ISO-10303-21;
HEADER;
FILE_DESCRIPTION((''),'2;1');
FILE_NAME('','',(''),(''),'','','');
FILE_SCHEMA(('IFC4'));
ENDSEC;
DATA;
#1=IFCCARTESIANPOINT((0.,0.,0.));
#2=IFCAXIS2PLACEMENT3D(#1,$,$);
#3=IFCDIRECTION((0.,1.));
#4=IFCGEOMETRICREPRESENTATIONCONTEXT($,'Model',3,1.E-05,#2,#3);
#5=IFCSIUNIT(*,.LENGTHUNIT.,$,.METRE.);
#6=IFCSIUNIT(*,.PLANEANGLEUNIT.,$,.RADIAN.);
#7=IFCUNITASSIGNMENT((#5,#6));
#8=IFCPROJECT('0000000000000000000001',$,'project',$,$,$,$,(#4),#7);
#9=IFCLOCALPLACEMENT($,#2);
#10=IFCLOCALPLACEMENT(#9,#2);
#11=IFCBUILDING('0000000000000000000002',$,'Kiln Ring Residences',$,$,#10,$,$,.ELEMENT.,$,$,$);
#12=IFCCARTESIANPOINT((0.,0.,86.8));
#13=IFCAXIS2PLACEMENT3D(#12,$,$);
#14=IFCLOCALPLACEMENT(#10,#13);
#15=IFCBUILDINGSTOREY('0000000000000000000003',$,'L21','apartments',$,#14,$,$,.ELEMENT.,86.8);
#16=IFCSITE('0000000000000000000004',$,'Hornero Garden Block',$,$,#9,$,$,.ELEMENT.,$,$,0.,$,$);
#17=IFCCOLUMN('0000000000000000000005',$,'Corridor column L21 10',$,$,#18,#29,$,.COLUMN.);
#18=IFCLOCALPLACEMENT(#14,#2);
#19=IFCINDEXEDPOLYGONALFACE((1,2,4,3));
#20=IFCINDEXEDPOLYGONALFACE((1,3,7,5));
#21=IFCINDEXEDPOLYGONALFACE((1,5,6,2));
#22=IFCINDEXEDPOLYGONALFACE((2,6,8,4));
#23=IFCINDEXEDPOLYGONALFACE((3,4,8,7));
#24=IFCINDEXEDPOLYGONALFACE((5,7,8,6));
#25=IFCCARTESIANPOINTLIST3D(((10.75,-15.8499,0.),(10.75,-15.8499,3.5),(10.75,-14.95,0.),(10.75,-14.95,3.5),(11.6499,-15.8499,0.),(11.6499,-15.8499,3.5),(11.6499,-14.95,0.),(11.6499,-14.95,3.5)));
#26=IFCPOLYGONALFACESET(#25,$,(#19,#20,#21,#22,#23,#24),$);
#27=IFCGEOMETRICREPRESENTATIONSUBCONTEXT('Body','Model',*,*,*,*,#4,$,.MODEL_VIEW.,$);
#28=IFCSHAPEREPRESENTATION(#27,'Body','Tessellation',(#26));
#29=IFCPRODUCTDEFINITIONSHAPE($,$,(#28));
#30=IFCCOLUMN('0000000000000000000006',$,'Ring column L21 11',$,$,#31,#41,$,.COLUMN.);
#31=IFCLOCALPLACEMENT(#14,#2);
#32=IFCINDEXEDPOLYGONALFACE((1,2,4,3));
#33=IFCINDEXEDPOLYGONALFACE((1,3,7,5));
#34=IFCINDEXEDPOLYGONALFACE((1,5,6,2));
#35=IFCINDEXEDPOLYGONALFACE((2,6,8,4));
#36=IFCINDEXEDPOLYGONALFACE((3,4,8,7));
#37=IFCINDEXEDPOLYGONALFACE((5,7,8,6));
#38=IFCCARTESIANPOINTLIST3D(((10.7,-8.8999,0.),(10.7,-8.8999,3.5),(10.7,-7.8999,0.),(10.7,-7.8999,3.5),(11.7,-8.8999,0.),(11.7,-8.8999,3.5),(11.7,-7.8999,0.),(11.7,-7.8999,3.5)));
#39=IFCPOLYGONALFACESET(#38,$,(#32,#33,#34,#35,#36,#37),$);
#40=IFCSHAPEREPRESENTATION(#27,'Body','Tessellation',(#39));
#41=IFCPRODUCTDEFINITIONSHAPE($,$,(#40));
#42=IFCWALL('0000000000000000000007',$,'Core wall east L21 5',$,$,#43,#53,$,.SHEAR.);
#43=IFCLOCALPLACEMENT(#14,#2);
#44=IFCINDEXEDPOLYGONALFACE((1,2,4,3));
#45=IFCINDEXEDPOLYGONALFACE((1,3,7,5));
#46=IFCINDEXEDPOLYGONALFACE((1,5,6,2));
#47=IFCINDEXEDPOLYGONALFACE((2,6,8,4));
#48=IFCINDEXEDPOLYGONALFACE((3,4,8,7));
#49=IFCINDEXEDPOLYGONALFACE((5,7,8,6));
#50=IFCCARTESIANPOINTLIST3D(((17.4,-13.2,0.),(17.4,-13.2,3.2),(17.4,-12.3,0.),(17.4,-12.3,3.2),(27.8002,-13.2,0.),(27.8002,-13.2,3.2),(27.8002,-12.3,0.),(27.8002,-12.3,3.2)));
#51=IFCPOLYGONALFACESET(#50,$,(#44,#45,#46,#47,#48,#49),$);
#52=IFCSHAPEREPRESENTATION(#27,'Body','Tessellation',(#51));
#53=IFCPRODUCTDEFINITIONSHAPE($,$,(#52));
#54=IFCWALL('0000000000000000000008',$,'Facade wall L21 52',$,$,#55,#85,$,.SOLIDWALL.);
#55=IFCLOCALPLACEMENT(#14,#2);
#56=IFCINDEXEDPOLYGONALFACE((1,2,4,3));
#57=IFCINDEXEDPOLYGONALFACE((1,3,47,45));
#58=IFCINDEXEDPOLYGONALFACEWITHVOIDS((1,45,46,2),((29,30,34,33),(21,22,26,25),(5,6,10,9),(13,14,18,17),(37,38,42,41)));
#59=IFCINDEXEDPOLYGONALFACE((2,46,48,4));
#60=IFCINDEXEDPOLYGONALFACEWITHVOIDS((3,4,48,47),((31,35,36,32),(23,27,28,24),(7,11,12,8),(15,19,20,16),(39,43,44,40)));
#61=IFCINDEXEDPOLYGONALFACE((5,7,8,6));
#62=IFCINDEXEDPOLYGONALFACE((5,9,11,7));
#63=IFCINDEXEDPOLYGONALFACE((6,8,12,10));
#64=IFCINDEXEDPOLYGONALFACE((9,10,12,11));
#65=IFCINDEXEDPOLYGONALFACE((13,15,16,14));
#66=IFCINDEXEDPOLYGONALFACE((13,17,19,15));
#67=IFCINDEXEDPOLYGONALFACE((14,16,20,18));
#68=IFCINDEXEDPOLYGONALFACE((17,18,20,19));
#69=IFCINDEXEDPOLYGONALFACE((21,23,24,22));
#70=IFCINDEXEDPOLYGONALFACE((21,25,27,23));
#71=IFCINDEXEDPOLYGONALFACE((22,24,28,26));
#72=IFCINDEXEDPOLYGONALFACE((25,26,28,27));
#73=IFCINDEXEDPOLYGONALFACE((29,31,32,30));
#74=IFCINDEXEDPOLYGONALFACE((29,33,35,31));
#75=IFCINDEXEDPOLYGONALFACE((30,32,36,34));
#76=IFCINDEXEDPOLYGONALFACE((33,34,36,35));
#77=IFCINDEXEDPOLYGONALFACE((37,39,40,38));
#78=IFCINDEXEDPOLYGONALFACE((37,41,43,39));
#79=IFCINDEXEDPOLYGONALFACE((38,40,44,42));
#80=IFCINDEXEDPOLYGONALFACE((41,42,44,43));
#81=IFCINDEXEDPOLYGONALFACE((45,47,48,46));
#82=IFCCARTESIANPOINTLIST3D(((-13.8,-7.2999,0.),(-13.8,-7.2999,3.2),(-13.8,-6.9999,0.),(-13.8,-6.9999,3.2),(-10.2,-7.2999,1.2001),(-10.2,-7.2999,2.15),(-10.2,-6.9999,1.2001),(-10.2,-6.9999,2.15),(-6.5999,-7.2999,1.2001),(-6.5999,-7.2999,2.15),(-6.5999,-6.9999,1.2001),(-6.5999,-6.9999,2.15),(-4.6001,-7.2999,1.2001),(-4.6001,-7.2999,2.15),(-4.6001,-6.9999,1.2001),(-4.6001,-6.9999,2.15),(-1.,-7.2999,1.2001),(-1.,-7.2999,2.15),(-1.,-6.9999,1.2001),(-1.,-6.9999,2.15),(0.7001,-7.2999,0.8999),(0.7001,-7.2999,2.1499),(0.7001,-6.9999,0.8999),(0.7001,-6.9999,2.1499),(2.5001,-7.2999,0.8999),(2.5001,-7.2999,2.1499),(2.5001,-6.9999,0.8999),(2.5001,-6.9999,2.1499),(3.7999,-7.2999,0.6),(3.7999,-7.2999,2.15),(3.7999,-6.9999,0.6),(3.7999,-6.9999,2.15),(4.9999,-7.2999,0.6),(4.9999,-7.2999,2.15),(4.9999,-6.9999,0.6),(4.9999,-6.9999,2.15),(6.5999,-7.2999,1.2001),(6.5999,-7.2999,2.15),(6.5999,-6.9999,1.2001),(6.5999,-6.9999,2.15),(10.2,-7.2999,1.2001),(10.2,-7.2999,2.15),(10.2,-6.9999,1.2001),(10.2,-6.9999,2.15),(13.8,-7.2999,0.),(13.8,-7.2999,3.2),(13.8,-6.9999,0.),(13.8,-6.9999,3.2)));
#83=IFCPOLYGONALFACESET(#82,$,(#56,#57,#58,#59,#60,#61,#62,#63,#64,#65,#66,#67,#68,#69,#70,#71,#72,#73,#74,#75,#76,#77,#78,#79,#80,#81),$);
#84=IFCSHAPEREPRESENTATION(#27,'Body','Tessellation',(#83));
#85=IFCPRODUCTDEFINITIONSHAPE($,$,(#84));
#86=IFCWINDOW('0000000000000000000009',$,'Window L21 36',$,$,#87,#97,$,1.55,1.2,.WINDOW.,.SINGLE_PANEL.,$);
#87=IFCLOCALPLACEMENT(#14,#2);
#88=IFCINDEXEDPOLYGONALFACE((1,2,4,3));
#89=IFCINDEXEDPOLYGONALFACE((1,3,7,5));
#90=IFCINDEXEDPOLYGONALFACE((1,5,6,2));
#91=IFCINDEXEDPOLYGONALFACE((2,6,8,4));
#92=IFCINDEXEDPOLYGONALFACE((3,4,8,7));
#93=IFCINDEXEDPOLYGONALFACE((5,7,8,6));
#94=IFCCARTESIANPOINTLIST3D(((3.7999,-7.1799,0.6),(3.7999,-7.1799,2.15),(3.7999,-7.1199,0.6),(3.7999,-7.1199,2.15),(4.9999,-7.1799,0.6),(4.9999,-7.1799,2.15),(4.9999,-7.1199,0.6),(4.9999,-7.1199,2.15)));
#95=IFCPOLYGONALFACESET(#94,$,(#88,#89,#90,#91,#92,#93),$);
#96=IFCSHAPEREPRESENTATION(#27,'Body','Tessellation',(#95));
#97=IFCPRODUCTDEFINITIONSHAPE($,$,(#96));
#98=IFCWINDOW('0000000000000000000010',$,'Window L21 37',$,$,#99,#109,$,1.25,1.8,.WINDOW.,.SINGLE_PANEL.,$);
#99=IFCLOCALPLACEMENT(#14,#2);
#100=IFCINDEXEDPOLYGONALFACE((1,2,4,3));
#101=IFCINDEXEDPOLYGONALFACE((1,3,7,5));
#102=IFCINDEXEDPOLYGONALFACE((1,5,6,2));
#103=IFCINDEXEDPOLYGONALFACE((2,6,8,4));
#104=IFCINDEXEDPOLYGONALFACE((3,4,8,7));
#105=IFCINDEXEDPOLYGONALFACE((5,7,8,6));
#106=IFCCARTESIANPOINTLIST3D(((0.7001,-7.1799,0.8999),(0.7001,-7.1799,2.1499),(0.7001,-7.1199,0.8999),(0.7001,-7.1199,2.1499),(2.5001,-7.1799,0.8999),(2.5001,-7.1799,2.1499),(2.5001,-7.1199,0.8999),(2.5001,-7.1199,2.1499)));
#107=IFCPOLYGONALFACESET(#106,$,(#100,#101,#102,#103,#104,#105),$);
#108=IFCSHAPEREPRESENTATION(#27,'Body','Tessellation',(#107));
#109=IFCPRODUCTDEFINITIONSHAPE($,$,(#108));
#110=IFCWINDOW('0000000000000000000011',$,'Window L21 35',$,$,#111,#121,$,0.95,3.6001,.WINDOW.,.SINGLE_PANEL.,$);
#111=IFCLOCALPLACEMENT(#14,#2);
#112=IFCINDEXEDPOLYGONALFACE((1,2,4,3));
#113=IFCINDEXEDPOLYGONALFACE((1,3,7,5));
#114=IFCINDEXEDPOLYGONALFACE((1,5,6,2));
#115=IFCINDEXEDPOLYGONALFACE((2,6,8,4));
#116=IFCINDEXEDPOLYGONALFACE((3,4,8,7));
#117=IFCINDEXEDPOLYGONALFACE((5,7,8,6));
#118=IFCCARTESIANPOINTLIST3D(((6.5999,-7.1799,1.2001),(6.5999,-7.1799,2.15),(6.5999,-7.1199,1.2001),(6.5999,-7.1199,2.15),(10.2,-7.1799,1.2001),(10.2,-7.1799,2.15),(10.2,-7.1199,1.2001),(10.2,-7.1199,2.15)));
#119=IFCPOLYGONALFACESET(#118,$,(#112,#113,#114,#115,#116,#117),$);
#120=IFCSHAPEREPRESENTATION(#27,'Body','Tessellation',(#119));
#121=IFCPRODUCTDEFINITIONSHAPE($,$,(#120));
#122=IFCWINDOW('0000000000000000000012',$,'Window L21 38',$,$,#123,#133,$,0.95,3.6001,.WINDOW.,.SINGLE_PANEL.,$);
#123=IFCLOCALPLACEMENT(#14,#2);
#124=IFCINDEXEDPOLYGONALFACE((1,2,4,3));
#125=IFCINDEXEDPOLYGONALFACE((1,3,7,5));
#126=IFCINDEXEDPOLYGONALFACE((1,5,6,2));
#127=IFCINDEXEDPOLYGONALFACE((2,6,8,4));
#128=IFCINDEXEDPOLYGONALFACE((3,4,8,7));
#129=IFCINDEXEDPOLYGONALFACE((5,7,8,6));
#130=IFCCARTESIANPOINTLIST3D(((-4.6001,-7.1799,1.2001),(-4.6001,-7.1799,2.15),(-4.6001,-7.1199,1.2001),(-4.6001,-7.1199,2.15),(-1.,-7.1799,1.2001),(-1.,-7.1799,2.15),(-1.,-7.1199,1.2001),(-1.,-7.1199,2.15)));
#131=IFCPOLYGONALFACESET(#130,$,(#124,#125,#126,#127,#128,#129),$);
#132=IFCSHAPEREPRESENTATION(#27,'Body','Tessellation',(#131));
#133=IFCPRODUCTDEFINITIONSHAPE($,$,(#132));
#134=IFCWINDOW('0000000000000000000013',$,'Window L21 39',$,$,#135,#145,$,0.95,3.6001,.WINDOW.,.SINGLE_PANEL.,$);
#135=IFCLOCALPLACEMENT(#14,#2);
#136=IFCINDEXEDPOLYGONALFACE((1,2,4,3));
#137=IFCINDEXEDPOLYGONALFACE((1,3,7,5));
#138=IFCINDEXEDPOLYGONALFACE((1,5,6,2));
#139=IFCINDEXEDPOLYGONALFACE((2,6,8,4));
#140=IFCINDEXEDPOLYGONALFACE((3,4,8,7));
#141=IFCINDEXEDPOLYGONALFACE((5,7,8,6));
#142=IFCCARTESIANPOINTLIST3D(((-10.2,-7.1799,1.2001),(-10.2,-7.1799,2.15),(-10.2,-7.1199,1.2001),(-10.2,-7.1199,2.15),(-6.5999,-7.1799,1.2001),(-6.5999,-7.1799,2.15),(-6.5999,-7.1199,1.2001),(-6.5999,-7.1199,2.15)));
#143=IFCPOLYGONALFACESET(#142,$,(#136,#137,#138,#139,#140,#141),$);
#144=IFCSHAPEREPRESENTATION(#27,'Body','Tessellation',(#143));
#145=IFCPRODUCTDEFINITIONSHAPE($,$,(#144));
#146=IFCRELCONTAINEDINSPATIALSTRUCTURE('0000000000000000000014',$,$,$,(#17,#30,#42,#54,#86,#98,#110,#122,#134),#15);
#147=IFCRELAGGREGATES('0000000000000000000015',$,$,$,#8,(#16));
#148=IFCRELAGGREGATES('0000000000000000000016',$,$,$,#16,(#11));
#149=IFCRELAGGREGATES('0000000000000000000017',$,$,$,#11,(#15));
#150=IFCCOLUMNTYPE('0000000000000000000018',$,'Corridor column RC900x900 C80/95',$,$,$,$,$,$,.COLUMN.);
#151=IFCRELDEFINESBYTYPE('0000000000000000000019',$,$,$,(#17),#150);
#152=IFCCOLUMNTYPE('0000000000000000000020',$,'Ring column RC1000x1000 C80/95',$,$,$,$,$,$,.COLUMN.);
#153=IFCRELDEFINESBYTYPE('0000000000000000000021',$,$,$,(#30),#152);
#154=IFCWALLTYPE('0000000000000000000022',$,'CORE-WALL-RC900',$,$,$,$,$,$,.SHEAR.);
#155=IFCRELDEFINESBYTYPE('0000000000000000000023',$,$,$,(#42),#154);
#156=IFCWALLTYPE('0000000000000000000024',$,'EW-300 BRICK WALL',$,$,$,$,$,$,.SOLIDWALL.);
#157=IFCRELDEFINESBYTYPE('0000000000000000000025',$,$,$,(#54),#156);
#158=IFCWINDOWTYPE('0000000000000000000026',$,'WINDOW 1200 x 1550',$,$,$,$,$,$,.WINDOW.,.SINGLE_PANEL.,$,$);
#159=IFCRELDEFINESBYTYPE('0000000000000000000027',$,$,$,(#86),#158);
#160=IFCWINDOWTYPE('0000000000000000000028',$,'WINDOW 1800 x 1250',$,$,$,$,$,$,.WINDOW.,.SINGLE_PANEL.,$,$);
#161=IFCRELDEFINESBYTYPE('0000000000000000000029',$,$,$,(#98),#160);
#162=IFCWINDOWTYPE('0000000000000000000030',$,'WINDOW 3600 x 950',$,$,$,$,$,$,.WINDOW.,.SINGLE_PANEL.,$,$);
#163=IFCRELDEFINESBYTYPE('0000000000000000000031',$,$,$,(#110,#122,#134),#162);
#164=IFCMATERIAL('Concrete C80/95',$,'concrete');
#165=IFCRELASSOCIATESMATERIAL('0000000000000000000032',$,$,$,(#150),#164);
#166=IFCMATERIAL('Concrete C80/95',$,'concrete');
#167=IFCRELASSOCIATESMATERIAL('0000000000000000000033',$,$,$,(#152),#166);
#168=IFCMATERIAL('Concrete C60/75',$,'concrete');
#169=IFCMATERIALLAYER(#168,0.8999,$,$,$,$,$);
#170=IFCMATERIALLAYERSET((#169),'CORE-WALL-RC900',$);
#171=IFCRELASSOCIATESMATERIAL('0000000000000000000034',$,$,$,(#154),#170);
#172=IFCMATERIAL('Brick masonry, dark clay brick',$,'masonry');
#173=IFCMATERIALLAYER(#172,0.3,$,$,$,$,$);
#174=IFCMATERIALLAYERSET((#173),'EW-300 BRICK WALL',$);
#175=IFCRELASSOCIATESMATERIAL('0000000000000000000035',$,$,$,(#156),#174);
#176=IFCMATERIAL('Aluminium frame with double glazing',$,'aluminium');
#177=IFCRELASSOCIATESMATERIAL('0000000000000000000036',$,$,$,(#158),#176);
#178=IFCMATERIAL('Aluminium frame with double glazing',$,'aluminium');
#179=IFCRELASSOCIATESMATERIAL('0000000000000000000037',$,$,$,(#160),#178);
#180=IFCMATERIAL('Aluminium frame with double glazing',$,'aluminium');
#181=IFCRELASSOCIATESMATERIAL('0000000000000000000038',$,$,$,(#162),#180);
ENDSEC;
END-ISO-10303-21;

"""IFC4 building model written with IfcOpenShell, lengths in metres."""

from ifc_helpers import new_model, si_unit, direction, frame, frame_2d, origin, origin_2d, place, context, subcontext, project, spatial, rectangle, extrude, material, layer, layer_set, material_profile, profile_set, type_object, element, fill, save


model = new_model("IFC4")

# Units and contexts
model_context = context("Model", 3, precision=1e-05, world=origin(), true_north=direction((0.0, 1.0)))
body_context = subcontext(model_context, "Body", "Model", "MODEL_VIEW")
ifc_project = project(units=[si_unit("LENGTHUNIT", "METRE"), si_unit("PLANEANGLEUNIT", "RADIAN")], contexts=[model_context])

# Site, building, storey
site_placement = place(None, origin())
site = spatial("IfcSite", under=ifc_project, at=site_placement, Name="Hornero Garden Block", CompositionType="ELEMENT", RefElevation=0.0)
building_placement = place(site_placement, origin())
building = spatial("IfcBuilding", under=site, at=building_placement, Name="Kiln Ring Residences", CompositionType="ELEMENT")
storey_placement = place(building_placement, frame((0.0, 0.0, 86.8)))
storey = spatial("IfcBuildingStorey", under=building, at=storey_placement, Name="L21", Description="apartments", CompositionType="ELEMENT", Elevation=86.8)

# Columns
ifc_material_1 = material(Name="Concrete C80/95", Category="concrete")
ifc_material_profile_1 = material_profile(ifc_material_1, rectangle(XDim=0.8999, YDim=0.8999, at=origin_2d()), Name="RC900x900")
ifc_profile_set_1 = profile_set([ifc_material_profile_1], Name="Concrete C80/95")
column_type_1 = type_object("IfcColumnType", Name="Corridor column RC900x900 C80/95", PredefinedType="COLUMN", material=ifc_profile_set_1)
column_1_placement = place(storey_placement, frame((11.2, -15.3999, 0.0), z_axis=(0.0, 0.0, 1.0), x_axis=(1.0, 0.0, 0.0)))
element("IfcColumn", 1, at=column_1_placement, inside=storey, type_object=column_type_1, Name="Corridor column L21 10", PredefinedType="COLUMN", context=body_context, shape_type="SweptSolid", body=[
    extrude(rectangle(XDim=0.8999, YDim=0.8999, at=origin_2d()), origin(), (0.0, 0.0, 1.0), 3.5),
])
ifc_material_2 = material(Name="Concrete C80/95", Category="concrete")
ifc_material_profile_2 = material_profile(ifc_material_2, rectangle(XDim=1.0, YDim=1.0, at=origin_2d()), Name="RC1000x1000")
ifc_profile_set_2 = profile_set([ifc_material_profile_2], Name="Concrete C80/95")
column_type_2 = type_object("IfcColumnType", Name="Ring column RC1000x1000 C80/95", PredefinedType="COLUMN", material=ifc_profile_set_2)
column_2_placement = place(storey_placement, frame((11.2, -8.3999, 0.0), z_axis=(0.0, 0.0, 1.0), x_axis=(1.0, 0.0, 0.0)))
element("IfcColumn", 2, at=column_2_placement, inside=storey, type_object=column_type_2, Name="Ring column L21 11", PredefinedType="COLUMN", context=body_context, shape_type="SweptSolid", body=[
    extrude(rectangle(XDim=1.0, YDim=1.0, at=origin_2d()), origin(), (0.0, 0.0, 1.0), 3.5),
])

# Wall
ifc_material_3 = material(Name="Concrete C60/75", Category="concrete")
ifc_layer_1 = layer(ifc_material_3, 0.8999)
ifc_layer_set_1 = layer_set([ifc_layer_1], Name="CORE-WALL-RC900")
wall_type_1 = type_object("IfcWallType", Name="CORE-WALL-RC900", PredefinedType="SHEAR", material=ifc_layer_set_1)
wall_1_placement = place(storey_placement, frame((17.3999, -12.75, 0.0), z_axis=(0.0, 0.0, 1.0), x_axis=(1.0, 0.0, 0.0)))
element("IfcWall", 3, at=wall_1_placement, inside=storey, type_object=wall_type_1, Name="Core wall east L21 5", PredefinedType="SHEAR", context=body_context, shape_type="SweptSolid", body=[
    extrude(rectangle(XDim=10.4001, YDim=0.8999, at=frame_2d((5.2002, 0.0))), origin(), (0.0, 0.0, 1.0), 3.2),
])

# Wall, openings, windows
ifc_material_4 = material(Name="Brick masonry, dark clay brick", Category="masonry")
ifc_layer_2 = layer(ifc_material_4, 0.3)
ifc_layer_set_2 = layer_set([ifc_layer_2], Name="EW-300 BRICK WALL")
wall_type_2 = type_object("IfcWallType", Name="EW-300 BRICK WALL", PredefinedType="SOLIDWALL", material=ifc_layer_set_2)
wall_2_placement = place(storey_placement, frame((13.8, -7.1499, 0.0), z_axis=(0.0, 0.0, 1.0), x_axis=(-1.0, 0.0, 0.0)))
wall_2 = element("IfcWall", 4, at=wall_2_placement, inside=storey, type_object=wall_type_2, Name="Facade wall L21 52", PredefinedType="SOLIDWALL", context=body_context, shape_type="SweptSolid", body=[
    extrude(rectangle(XDim=27.6001, YDim=0.3, at=frame_2d((13.8, 0.0))), origin(), (0.0, 0.0, 1.0), 3.2),
])
opening_1_placement = place(wall_2_placement, frame((3.6001, 0.0, 1.2)))
opening_1 = element("IfcOpeningElement", 5, at=opening_1_placement, cuts=wall_2, PredefinedType="OPENING", context=body_context, shape_type="SweptSolid", body=[
    extrude(rectangle(XDim=3.6001, YDim=0.95, at=frame_2d((1.8, 0.4751))), frame((0.0, 0.1599, 0.0), z_axis=(0.0, -1.0, 0.0), x_axis=(1.0, 0.0, 0.0)), (0.0, 0.0, 1.0), 0.3201),
])
opening_2_placement = place(wall_2_placement, frame((8.8, 0.0, 0.6001)))
opening_2 = element("IfcOpeningElement", 6, at=opening_2_placement, cuts=wall_2, PredefinedType="OPENING", context=body_context, shape_type="SweptSolid", body=[
    extrude(rectangle(XDim=1.2, YDim=1.55, at=frame_2d((0.6001, 0.7749))), frame((0.0, 0.1599, 0.0), z_axis=(0.0, -1.0, 0.0), x_axis=(1.0, 0.0, 0.0)), (0.0, 0.0, 1.0), 0.3201),
])
opening_3_placement = place(wall_2_placement, frame((11.3, 0.0, 0.8999)))
opening_3 = element("IfcOpeningElement", 7, at=opening_3_placement, cuts=wall_2, PredefinedType="OPENING", context=body_context, shape_type="SweptSolid", body=[
    extrude(rectangle(XDim=1.8, YDim=1.25, at=frame_2d((0.8999, 0.625))), frame((0.0, 0.1599, 0.0), z_axis=(0.0, -1.0, 0.0), x_axis=(1.0, 0.0, 0.0)), (0.0, 0.0, 1.0), 0.3201),
])
opening_4_placement = place(wall_2_placement, frame((14.8, 0.0, 1.2)))
opening_4 = element("IfcOpeningElement", 8, at=opening_4_placement, cuts=wall_2, PredefinedType="OPENING", context=body_context, shape_type="SweptSolid", body=[
    extrude(rectangle(XDim=3.6001, YDim=0.95, at=frame_2d((1.8, 0.4751))), frame((0.0, 0.1599, 0.0), z_axis=(0.0, -1.0, 0.0), x_axis=(1.0, 0.0, 0.0)), (0.0, 0.0, 1.0), 0.3201),
])
opening_5_placement = place(wall_2_placement, frame((20.3999, 0.0, 1.2)))
opening_5 = element("IfcOpeningElement", 9, at=opening_5_placement, cuts=wall_2, PredefinedType="OPENING", context=body_context, shape_type="SweptSolid", body=[
    extrude(rectangle(XDim=3.6001, YDim=0.95, at=frame_2d((1.8, 0.4751))), frame((0.0, 0.1599, 0.0), z_axis=(0.0, -1.0, 0.0), x_axis=(1.0, 0.0, 0.0)), (0.0, 0.0, 1.0), 0.3201),
])
ifc_material_5 = material(Name="Aluminium frame with double glazing", Category="aluminium")
window_type_1 = type_object("IfcWindowType", Name="WINDOW 1200 x 1550", PartitioningType="SINGLE_PANEL", PredefinedType="WINDOW", material=ifc_material_5)
window_1_placement = place(opening_2_placement, origin())
window_1 = element("IfcWindow", 10, at=window_1_placement, inside=storey, type_object=window_type_1, Name="Window L21 36", OverallHeight=1.55, OverallWidth=1.2, PartitioningType="SINGLE_PANEL", PredefinedType="WINDOW", context=body_context, shape_type="SweptSolid", body=[
    extrude(rectangle(XDim=1.2, YDim=1.55, at=frame_2d((0.6001, 0.7749))), frame((0.0, 0.03, 0.0), z_axis=(0.0, -1.0, 0.0), x_axis=(1.0, 0.0, 0.0)), (0.0, 0.0, 1.0), 0.0601),
])
fill(opening_2, window_1)
ifc_material_6 = material(Name="Aluminium frame with double glazing", Category="aluminium")
window_type_2 = type_object("IfcWindowType", Name="WINDOW 1800 x 1250", PartitioningType="SINGLE_PANEL", PredefinedType="WINDOW", material=ifc_material_6)
window_2_placement = place(opening_3_placement, origin())
window_2 = element("IfcWindow", 11, at=window_2_placement, inside=storey, type_object=window_type_2, Name="Window L21 37", OverallHeight=1.25, OverallWidth=1.8, PartitioningType="SINGLE_PANEL", PredefinedType="WINDOW", context=body_context, shape_type="SweptSolid", body=[
    extrude(rectangle(XDim=1.8, YDim=1.25, at=frame_2d((0.8999, 0.625))), frame((0.0, 0.03, 0.0), z_axis=(0.0, -1.0, 0.0), x_axis=(1.0, 0.0, 0.0)), (0.0, 0.0, 1.0), 0.0601),
])
fill(opening_3, window_2)
ifc_material_7 = material(Name="Aluminium frame with double glazing", Category="aluminium")
window_type_3 = type_object("IfcWindowType", Name="WINDOW 3600 x 950", PartitioningType="SINGLE_PANEL", PredefinedType="WINDOW", material=ifc_material_7)
window_3_placement = place(opening_1_placement, origin())
window_3 = element("IfcWindow", 12, at=window_3_placement, inside=storey, type_object=window_type_3, Name="Window L21 35", OverallHeight=0.95, OverallWidth=3.6001, PartitioningType="SINGLE_PANEL", PredefinedType="WINDOW", context=body_context, shape_type="SweptSolid", body=[
    extrude(rectangle(XDim=3.6001, YDim=0.95, at=frame_2d((1.8, 0.4751))), frame((0.0, 0.03, 0.0), z_axis=(0.0, -1.0, 0.0), x_axis=(1.0, 0.0, 0.0)), (0.0, 0.0, 1.0), 0.0601),
])
fill(opening_1, window_3)
window_4_placement = place(opening_4_placement, origin())
window_4 = element("IfcWindow", 13, at=window_4_placement, inside=storey, type_object=window_type_3, Name="Window L21 38", OverallHeight=0.95, OverallWidth=3.6001, PartitioningType="SINGLE_PANEL", PredefinedType="WINDOW", context=body_context, shape_type="SweptSolid", body=[
    extrude(rectangle(XDim=3.6001, YDim=0.95, at=frame_2d((1.8, 0.4751))), frame((0.0, 0.03, 0.0), z_axis=(0.0, -1.0, 0.0), x_axis=(1.0, 0.0, 0.0)), (0.0, 0.0, 1.0), 0.0601),
])
fill(opening_4, window_4)
window_5_placement = place(opening_5_placement, origin())
window_5 = element("IfcWindow", 14, at=window_5_placement, inside=storey, type_object=window_type_3, Name="Window L21 39", OverallHeight=0.95, OverallWidth=3.6001, PartitioningType="SINGLE_PANEL", PredefinedType="WINDOW", context=body_context, shape_type="SweptSolid", body=[
    extrude(rectangle(XDim=3.6001, YDim=0.95, at=frame_2d((1.8, 0.4751))), frame((0.0, 0.03, 0.0), z_axis=(0.0, -1.0, 0.0), x_axis=(1.0, 0.0, 0.0)), (0.0, 0.0, 1.0), 0.0601),
])
fill(opening_5, window_5)

save(model, "model.ifc")
